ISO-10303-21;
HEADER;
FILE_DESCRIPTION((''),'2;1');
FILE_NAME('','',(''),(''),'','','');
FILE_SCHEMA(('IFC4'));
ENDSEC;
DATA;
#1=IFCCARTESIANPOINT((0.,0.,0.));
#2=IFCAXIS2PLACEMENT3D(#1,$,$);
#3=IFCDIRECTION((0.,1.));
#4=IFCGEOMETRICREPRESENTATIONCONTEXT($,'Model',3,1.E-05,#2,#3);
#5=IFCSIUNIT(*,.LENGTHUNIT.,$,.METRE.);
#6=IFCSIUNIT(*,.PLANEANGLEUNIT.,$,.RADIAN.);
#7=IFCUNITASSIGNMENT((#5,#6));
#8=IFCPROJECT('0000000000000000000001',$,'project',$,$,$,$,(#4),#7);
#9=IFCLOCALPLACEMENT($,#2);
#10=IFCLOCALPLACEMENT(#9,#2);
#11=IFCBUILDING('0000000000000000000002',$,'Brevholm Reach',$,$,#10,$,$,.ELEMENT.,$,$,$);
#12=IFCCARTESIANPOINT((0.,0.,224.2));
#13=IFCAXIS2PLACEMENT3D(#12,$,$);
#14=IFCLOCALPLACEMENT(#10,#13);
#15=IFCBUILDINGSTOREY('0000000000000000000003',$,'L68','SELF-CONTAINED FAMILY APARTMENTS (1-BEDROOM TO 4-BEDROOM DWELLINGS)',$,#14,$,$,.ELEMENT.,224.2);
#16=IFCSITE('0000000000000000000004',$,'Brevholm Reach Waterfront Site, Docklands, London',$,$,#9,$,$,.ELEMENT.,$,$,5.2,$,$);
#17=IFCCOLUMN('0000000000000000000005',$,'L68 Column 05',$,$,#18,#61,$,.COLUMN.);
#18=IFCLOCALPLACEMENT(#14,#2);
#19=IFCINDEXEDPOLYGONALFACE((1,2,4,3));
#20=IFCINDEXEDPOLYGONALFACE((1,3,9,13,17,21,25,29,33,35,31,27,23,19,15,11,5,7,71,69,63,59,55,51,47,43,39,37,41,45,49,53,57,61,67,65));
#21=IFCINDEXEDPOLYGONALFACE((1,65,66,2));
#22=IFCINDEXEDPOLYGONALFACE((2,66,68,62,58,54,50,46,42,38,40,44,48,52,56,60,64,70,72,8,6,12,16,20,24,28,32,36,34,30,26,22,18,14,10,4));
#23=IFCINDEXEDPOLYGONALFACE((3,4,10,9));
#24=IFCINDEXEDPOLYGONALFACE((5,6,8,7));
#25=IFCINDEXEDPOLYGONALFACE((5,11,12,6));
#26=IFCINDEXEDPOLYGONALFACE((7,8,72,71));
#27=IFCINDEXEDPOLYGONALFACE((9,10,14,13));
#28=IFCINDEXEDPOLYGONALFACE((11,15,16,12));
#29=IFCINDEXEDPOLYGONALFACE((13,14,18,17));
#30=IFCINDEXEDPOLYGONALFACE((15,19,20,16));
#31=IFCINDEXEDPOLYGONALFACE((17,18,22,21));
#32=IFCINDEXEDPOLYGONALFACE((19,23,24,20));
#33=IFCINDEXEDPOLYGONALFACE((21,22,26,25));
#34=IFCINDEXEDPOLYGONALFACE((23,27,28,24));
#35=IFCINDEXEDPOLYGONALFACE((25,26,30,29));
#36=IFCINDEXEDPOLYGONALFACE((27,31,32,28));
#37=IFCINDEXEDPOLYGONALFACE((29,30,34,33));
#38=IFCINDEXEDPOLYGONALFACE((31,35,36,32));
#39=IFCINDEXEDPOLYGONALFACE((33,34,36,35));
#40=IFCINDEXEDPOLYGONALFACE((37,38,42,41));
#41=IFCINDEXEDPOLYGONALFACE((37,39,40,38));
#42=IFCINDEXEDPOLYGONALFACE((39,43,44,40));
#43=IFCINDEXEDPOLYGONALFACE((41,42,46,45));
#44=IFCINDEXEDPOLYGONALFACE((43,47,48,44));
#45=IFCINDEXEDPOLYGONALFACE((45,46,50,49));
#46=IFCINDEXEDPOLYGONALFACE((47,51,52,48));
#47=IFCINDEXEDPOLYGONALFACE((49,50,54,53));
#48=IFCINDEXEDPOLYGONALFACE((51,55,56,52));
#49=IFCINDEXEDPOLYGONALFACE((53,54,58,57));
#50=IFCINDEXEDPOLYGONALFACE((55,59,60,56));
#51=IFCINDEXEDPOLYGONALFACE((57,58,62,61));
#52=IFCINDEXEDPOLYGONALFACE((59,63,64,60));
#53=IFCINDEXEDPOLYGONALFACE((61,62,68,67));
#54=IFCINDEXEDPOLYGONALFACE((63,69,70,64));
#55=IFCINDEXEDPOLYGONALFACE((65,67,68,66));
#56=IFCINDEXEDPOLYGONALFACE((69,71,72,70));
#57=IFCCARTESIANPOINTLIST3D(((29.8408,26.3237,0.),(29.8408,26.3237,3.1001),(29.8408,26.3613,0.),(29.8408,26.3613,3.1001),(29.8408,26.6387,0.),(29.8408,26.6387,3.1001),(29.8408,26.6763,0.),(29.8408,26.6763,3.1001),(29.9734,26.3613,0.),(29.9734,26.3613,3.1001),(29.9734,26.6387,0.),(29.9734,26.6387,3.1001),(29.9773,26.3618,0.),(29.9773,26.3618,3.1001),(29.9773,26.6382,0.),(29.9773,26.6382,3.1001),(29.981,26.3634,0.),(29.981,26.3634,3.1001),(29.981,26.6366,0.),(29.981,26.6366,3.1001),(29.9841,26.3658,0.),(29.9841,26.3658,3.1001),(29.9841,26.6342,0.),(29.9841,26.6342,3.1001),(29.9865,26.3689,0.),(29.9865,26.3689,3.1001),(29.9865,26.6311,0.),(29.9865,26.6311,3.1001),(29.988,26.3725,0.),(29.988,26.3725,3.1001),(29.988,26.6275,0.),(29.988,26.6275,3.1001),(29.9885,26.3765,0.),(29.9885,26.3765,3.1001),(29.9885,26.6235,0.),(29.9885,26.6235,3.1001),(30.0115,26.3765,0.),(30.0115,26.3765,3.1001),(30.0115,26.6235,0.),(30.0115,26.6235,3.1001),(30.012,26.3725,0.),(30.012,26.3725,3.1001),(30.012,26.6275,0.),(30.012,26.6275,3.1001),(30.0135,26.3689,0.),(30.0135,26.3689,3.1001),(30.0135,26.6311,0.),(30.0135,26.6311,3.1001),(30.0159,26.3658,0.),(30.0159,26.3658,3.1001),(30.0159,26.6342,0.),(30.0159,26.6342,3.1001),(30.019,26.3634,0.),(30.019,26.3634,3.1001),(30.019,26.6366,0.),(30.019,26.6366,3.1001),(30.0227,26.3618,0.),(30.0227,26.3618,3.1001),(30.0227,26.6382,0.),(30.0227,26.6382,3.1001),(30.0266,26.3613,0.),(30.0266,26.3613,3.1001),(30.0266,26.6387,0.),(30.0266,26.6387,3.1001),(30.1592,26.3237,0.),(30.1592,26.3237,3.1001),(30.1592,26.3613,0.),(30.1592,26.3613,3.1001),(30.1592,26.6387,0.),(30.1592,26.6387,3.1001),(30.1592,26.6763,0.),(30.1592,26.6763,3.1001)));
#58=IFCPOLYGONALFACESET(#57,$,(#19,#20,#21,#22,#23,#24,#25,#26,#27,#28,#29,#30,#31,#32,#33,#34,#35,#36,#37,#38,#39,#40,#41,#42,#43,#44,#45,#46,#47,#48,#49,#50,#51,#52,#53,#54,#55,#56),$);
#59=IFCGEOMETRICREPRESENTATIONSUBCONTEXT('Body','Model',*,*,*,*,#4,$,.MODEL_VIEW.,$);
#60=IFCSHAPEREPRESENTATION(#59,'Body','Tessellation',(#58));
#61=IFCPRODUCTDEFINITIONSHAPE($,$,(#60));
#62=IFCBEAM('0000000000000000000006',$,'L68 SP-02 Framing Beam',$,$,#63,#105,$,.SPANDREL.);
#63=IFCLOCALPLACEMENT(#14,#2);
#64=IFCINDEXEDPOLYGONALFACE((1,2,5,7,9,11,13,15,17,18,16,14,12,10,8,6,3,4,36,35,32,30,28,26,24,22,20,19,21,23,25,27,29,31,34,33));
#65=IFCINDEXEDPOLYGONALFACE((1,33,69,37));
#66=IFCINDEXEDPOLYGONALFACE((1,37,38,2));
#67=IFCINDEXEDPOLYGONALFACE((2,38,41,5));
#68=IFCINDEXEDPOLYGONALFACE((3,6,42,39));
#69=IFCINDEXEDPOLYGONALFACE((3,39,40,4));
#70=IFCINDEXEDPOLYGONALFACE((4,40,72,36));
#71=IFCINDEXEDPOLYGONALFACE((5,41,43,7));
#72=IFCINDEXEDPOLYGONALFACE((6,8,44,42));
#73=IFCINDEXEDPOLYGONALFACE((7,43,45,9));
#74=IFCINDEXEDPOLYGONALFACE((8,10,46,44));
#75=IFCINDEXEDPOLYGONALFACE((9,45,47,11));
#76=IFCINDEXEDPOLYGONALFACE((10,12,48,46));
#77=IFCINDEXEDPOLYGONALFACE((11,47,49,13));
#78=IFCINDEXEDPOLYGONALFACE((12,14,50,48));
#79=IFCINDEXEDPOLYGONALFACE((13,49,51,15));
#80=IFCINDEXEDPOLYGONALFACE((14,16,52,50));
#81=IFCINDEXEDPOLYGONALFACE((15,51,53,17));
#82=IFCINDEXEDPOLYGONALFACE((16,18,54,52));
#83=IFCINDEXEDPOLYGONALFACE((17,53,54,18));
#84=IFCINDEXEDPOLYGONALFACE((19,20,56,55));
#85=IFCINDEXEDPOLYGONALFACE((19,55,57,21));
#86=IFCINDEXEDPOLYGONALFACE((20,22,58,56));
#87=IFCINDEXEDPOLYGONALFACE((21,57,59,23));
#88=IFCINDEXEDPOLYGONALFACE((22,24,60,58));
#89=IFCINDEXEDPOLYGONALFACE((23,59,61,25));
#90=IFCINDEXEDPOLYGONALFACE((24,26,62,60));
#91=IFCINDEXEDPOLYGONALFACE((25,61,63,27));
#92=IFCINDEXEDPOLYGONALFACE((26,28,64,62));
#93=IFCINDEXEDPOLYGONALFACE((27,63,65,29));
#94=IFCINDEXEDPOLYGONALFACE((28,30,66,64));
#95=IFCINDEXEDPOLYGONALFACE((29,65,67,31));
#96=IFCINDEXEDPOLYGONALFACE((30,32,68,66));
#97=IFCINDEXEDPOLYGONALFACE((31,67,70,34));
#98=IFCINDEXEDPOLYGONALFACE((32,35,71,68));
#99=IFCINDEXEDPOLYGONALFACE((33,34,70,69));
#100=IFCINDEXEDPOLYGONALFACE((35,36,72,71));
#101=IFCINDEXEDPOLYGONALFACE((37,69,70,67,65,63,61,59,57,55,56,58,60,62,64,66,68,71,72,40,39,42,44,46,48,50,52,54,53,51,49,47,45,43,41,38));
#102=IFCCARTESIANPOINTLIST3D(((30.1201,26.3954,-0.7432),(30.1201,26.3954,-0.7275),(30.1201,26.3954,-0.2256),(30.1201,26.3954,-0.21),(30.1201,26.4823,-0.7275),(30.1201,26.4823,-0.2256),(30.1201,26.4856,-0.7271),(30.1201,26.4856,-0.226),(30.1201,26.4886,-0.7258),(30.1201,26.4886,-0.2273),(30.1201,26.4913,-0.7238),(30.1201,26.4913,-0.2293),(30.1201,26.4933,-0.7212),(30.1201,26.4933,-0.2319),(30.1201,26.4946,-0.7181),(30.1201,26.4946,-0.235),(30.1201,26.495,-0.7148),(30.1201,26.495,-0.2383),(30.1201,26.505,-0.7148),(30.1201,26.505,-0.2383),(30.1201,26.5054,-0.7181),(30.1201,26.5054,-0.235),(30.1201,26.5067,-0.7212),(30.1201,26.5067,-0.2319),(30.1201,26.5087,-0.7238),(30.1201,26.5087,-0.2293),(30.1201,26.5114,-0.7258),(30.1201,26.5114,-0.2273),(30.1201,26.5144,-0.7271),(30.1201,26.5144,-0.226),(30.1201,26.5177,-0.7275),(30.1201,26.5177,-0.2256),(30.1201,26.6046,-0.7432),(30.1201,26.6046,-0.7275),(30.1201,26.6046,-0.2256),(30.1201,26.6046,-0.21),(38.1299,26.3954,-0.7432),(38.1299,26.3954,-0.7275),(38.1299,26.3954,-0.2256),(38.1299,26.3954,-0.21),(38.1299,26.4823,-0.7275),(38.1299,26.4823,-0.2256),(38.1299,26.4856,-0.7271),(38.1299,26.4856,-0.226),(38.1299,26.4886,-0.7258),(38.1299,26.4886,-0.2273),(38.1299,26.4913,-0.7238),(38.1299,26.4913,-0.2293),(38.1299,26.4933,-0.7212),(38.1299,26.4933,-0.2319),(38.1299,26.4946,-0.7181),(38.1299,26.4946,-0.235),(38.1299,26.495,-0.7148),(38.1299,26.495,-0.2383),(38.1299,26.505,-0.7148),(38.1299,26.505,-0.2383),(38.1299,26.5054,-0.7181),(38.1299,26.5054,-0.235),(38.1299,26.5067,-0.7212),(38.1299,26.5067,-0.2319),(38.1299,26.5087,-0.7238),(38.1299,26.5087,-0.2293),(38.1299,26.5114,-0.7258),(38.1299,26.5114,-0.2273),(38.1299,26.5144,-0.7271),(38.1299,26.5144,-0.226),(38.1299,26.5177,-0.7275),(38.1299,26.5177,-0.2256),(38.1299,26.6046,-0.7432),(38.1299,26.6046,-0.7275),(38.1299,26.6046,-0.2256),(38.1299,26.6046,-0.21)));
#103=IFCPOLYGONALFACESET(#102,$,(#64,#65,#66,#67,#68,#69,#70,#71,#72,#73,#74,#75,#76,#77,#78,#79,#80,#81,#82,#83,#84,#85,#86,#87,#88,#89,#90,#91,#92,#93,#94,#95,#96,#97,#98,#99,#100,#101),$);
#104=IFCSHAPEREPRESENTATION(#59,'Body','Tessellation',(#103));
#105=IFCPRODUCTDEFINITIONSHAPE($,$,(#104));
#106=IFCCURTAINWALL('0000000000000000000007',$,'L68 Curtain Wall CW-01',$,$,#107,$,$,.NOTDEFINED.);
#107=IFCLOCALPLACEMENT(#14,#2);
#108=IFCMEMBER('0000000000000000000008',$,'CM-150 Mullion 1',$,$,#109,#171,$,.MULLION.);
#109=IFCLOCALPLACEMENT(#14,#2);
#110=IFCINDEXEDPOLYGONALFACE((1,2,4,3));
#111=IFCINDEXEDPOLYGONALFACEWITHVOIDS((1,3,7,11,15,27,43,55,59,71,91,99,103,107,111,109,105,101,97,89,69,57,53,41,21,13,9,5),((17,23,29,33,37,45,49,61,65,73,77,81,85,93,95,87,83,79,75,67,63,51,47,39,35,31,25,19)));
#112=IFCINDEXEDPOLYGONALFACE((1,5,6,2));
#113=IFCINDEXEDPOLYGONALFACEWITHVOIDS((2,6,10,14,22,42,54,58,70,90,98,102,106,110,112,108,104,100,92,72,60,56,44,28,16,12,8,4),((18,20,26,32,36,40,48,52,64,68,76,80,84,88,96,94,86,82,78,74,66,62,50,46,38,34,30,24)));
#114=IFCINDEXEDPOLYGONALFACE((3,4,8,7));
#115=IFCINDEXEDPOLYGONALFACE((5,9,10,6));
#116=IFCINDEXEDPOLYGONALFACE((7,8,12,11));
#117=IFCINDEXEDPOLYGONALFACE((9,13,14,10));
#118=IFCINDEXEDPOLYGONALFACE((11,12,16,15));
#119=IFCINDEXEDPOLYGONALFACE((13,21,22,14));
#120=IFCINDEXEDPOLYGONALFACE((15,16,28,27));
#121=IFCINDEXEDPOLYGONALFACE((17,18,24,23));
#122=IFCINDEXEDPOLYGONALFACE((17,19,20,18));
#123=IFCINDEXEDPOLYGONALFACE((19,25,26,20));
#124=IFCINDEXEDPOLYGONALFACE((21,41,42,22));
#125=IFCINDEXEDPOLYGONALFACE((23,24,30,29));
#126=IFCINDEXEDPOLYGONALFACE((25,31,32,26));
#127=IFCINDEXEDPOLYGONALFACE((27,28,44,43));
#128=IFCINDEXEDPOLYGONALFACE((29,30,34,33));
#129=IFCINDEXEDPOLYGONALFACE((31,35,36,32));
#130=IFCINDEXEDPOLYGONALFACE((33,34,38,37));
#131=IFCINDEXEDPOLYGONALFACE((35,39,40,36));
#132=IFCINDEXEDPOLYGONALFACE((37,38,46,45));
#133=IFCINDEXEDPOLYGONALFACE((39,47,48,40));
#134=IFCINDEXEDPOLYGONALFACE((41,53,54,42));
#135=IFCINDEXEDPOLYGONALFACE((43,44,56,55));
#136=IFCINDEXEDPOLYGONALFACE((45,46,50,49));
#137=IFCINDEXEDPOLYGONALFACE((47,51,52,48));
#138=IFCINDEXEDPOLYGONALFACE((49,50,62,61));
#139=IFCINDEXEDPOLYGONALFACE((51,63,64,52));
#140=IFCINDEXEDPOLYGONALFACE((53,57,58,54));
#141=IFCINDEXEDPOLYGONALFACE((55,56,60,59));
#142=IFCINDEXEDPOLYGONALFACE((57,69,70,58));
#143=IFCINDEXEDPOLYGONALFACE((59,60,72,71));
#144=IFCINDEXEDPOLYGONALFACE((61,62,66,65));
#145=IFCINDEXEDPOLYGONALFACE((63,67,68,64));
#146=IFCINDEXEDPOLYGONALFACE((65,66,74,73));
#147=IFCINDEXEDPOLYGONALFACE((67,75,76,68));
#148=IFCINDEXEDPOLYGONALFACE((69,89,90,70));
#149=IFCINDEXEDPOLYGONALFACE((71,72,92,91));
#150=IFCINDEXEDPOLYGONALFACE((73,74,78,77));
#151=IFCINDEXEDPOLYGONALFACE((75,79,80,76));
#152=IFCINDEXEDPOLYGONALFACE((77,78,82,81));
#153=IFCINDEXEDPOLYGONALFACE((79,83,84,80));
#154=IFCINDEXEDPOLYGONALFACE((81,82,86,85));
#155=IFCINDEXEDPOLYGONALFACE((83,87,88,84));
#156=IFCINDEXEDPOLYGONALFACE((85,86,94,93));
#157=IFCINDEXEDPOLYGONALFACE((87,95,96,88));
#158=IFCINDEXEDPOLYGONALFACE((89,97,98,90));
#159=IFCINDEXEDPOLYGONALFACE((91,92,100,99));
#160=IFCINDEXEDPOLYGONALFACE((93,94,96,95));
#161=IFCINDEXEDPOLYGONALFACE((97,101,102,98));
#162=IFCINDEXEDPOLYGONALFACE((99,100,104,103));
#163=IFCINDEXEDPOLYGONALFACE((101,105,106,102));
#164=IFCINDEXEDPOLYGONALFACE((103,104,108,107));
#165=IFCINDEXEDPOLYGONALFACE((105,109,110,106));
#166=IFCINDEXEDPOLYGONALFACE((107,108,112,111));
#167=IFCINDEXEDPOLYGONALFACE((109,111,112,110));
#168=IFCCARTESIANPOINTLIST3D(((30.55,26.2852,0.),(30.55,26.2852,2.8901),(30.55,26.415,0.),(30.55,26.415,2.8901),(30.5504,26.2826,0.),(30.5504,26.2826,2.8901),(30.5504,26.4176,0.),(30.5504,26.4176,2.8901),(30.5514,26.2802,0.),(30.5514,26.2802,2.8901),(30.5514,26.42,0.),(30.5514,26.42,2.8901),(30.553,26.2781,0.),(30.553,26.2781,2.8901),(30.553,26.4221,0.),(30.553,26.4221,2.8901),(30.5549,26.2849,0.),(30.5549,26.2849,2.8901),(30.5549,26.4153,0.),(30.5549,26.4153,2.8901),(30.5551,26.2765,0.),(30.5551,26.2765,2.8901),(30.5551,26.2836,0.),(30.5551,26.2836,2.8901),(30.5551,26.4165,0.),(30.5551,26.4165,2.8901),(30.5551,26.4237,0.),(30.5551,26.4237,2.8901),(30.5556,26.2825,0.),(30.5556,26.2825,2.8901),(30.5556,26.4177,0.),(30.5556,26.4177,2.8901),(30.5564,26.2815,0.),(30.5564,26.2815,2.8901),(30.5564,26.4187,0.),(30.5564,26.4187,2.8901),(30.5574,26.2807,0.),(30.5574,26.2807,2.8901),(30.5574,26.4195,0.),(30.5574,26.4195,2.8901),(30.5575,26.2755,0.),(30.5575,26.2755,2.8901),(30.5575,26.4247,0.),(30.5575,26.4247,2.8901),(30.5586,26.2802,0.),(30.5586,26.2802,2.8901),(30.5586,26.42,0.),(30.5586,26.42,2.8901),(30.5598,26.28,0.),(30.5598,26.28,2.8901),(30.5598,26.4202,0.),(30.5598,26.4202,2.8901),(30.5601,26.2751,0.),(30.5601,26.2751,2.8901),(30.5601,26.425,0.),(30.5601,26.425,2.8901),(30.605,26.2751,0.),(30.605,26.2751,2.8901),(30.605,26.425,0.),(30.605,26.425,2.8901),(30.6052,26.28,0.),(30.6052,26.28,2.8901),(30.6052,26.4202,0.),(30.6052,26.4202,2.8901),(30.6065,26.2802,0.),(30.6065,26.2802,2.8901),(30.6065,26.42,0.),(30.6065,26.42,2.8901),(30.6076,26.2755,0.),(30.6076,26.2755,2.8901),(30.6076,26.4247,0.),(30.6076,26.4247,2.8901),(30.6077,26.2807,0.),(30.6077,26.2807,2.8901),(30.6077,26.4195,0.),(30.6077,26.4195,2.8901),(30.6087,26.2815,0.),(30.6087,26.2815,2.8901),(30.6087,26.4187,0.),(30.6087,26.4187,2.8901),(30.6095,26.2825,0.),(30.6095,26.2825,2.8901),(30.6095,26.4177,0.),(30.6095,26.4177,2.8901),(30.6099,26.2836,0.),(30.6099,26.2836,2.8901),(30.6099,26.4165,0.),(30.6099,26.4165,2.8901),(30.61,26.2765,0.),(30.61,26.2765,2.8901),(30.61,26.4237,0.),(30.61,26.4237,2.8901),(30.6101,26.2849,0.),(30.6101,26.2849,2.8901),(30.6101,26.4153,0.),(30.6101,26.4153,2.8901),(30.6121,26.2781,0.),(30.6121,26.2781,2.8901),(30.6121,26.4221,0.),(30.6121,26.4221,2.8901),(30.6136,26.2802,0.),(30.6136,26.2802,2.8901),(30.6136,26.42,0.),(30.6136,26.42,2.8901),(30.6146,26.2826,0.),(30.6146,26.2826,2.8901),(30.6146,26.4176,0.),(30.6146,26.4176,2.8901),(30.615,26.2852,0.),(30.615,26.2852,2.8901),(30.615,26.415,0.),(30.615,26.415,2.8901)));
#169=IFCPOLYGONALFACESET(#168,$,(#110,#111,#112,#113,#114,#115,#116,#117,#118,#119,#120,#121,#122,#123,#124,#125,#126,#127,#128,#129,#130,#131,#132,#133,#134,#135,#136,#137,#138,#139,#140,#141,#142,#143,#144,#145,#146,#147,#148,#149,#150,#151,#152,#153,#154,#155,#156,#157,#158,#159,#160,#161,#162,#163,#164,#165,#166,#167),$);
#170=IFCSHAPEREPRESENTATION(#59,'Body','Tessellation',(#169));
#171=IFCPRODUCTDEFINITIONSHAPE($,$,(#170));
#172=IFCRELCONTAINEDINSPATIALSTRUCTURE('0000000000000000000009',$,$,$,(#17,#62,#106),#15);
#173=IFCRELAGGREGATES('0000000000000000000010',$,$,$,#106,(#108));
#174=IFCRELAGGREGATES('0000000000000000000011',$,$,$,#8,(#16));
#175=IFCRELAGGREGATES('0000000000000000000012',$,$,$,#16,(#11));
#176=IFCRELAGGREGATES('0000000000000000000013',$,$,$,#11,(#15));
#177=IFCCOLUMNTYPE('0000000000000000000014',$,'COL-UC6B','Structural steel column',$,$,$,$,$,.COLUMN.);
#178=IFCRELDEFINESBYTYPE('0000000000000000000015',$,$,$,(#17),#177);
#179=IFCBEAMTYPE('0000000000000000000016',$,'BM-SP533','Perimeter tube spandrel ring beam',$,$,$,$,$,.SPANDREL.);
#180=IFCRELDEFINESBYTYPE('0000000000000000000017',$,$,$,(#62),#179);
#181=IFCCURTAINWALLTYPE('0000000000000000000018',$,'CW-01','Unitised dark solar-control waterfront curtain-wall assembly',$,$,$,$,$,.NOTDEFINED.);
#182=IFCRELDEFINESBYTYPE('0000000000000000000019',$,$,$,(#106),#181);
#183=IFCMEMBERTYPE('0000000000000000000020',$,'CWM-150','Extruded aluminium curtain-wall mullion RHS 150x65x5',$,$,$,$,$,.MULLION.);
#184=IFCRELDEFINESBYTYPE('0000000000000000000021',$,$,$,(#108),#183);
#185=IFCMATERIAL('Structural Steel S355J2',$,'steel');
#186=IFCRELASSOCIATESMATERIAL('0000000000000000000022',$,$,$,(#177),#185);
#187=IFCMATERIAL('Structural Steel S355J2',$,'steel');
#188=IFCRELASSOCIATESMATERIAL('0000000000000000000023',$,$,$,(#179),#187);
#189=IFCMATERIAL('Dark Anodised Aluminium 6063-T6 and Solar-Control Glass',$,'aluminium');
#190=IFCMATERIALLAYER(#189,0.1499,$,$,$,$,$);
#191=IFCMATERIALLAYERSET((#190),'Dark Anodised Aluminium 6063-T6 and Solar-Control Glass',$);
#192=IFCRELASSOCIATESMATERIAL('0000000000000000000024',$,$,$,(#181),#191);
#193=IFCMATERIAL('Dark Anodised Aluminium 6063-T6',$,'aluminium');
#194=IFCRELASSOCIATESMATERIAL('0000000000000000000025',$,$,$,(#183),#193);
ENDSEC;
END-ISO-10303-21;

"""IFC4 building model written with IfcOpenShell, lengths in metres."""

from ifc_helpers import new_model, si_unit, direction, frame, origin, origin_2d, place, context, subcontext, project, spatial, hollow_rectangle, i_section, extrude, material, layer, layer_set, material_profile, profile_set, type_object, element, aggregate, save


model = new_model("IFC4")

# Units and contexts
model_context = context("Model", 3, precision=1e-05, world=origin(), true_north=direction((0.0, 1.0)))
body_context = subcontext(model_context, "Body", "Model", "MODEL_VIEW")
ifc_project = project(units=[si_unit("LENGTHUNIT", "METRE"), si_unit("PLANEANGLEUNIT", "RADIAN")], contexts=[model_context])

# Site, building, storey
site_placement = place(None, origin())
site = spatial("IfcSite", under=ifc_project, at=site_placement, Name="Brevholm Reach Waterfront Site, Docklands, London", CompositionType="ELEMENT", RefElevation=5.2)
building_placement = place(site_placement, origin())
building = spatial("IfcBuilding", under=site, at=building_placement, Name="Brevholm Reach", CompositionType="ELEMENT")
storey_placement = place(building_placement, frame((0.0, 0.0, 224.2)))
storey = spatial("IfcBuildingStorey", under=building, at=storey_placement, Name="L68", Description="SELF-CONTAINED FAMILY APARTMENTS (1-BEDROOM TO 4-BEDROOM DWELLINGS)", CompositionType="ELEMENT", Elevation=224.2)

# Column
ifc_material_1 = material(Name="Structural Steel S355J2", Category="steel")
ifc_material_profile_1 = material_profile(ifc_material_1, i_section(OverallWidth=0.3184, OverallDepth=0.3525, WebThickness=0.0229, FlangeThickness=0.0376, FilletRadius=0.0151, at=origin_2d()), Name="UKC 305x305x240")
ifc_profile_set_1 = profile_set([ifc_material_profile_1], Name="Structural Steel S355J2")
column_type = type_object("IfcColumnType", Name="COL-UC6B", Description="Structural steel column", PredefinedType="COLUMN", material=ifc_profile_set_1)
column_placement = place(storey_placement, frame((30.0, 26.5, 0.0), z_axis=(0.0, 0.0, 1.0), x_axis=(1.0, 0.0, 0.0)))
element("IfcColumn", 1, at=column_placement, inside=storey, type_object=column_type, Name="L68 Column 05", PredefinedType="COLUMN", context=body_context, shape_type="SweptSolid", body=[
    extrude(i_section(OverallWidth=0.3184, OverallDepth=0.3525, WebThickness=0.0229, FlangeThickness=0.0376, FilletRadius=0.0151, at=origin_2d()), origin(), (0.0, 0.0, 1.0), 3.1001),
])

# Beam
ifc_material_2 = material(Name="Structural Steel S355J2", Category="steel")
ifc_material_profile_2 = material_profile(ifc_material_2, i_section(OverallWidth=0.2092, OverallDepth=0.5332, WebThickness=0.01, FlangeThickness=0.0156, FilletRadius=0.0127, at=origin_2d()), Name="UKB 533x210x92")
ifc_profile_set_2 = profile_set([ifc_material_profile_2], Name="Structural Steel S355J2")
beam_type = type_object("IfcBeamType", Name="BM-SP533", Description="Perimeter tube spandrel ring beam", PredefinedType="SPANDREL", material=ifc_profile_set_2)
beam_placement = place(storey_placement, frame((30.1201, 26.5, -0.4766), z_axis=(1.0, 0.0, 0.0), x_axis=(0.0, 1.0, 0.0)))
element("IfcBeam", 2, at=beam_placement, inside=storey, type_object=beam_type, Name="L68 SP-02 Framing Beam", PredefinedType="SPANDREL", context=body_context, shape_type="SweptSolid", body=[
    extrude(i_section(OverallWidth=0.2092, OverallDepth=0.5332, WebThickness=0.01, FlangeThickness=0.0156, FilletRadius=0.0127, at=origin_2d()), origin(), (0.0, 0.0, 1.0), 8.0098),
])

# Curtain wall, member
ifc_material_3 = material(Name="Dark Anodised Aluminium 6063-T6 and Solar-Control Glass", Category="aluminium")
ifc_layer_1 = layer(ifc_material_3, 0.1499)
ifc_layer_set_1 = layer_set([ifc_layer_1], Name="Dark Anodised Aluminium 6063-T6 and Solar-Control Glass")
curtain_wall_type = type_object("IfcCurtainWallType", Name="CW-01", Description="Unitised dark solar-control waterfront curtain-wall assembly", PredefinedType="NOTDEFINED", material=ifc_layer_set_1)
curtain_wall_placement = place(storey_placement, origin())
curtain_wall = element("IfcCurtainWall", 3, at=curtain_wall_placement, inside=storey, type_object=curtain_wall_type, Name="L68 Curtain Wall CW-01", PredefinedType="NOTDEFINED")
ifc_material_4 = material(Name="Dark Anodised Aluminium 6063-T6", Category="aluminium")
ifc_material_profile_3 = material_profile(ifc_material_4, hollow_rectangle(XDim=0.0649, YDim=0.1499, WallThickness=0.0049, InnerFilletRadius=0.0049, OuterFilletRadius=0.01, at=origin_2d()), Name="RHS 150x65x5")
ifc_profile_set_3 = profile_set([ifc_material_profile_3], Name="Dark Anodised Aluminium 6063-T6")
member_type_1 = type_object("IfcMemberType", Name="CWM-150", Description="Extruded aluminium curtain-wall mullion RHS 150x65x5", PredefinedType="MULLION", material=ifc_profile_set_3)
member_1_placement = place(storey_placement, frame((30.5825, 26.3501, 0.0), z_axis=(0.0, 0.0, 1.0), x_axis=(1.0, 0.0, 0.0)))
member_1 = element("IfcMember", 4, at=member_1_placement, type_object=member_type_1, Name="CM-150 Mullion 1", PredefinedType="MULLION", context=body_context, shape_type="SweptSolid", body=[
    extrude(hollow_rectangle(XDim=0.0649, YDim=0.1499, WallThickness=0.0049, InnerFilletRadius=0.0049, OuterFilletRadius=0.01, at=origin_2d()), origin(), (0.0, 0.0, 1.0), 2.8901),
])
aggregate(curtain_wall, [member_1])

save(model, "model.ifc")
